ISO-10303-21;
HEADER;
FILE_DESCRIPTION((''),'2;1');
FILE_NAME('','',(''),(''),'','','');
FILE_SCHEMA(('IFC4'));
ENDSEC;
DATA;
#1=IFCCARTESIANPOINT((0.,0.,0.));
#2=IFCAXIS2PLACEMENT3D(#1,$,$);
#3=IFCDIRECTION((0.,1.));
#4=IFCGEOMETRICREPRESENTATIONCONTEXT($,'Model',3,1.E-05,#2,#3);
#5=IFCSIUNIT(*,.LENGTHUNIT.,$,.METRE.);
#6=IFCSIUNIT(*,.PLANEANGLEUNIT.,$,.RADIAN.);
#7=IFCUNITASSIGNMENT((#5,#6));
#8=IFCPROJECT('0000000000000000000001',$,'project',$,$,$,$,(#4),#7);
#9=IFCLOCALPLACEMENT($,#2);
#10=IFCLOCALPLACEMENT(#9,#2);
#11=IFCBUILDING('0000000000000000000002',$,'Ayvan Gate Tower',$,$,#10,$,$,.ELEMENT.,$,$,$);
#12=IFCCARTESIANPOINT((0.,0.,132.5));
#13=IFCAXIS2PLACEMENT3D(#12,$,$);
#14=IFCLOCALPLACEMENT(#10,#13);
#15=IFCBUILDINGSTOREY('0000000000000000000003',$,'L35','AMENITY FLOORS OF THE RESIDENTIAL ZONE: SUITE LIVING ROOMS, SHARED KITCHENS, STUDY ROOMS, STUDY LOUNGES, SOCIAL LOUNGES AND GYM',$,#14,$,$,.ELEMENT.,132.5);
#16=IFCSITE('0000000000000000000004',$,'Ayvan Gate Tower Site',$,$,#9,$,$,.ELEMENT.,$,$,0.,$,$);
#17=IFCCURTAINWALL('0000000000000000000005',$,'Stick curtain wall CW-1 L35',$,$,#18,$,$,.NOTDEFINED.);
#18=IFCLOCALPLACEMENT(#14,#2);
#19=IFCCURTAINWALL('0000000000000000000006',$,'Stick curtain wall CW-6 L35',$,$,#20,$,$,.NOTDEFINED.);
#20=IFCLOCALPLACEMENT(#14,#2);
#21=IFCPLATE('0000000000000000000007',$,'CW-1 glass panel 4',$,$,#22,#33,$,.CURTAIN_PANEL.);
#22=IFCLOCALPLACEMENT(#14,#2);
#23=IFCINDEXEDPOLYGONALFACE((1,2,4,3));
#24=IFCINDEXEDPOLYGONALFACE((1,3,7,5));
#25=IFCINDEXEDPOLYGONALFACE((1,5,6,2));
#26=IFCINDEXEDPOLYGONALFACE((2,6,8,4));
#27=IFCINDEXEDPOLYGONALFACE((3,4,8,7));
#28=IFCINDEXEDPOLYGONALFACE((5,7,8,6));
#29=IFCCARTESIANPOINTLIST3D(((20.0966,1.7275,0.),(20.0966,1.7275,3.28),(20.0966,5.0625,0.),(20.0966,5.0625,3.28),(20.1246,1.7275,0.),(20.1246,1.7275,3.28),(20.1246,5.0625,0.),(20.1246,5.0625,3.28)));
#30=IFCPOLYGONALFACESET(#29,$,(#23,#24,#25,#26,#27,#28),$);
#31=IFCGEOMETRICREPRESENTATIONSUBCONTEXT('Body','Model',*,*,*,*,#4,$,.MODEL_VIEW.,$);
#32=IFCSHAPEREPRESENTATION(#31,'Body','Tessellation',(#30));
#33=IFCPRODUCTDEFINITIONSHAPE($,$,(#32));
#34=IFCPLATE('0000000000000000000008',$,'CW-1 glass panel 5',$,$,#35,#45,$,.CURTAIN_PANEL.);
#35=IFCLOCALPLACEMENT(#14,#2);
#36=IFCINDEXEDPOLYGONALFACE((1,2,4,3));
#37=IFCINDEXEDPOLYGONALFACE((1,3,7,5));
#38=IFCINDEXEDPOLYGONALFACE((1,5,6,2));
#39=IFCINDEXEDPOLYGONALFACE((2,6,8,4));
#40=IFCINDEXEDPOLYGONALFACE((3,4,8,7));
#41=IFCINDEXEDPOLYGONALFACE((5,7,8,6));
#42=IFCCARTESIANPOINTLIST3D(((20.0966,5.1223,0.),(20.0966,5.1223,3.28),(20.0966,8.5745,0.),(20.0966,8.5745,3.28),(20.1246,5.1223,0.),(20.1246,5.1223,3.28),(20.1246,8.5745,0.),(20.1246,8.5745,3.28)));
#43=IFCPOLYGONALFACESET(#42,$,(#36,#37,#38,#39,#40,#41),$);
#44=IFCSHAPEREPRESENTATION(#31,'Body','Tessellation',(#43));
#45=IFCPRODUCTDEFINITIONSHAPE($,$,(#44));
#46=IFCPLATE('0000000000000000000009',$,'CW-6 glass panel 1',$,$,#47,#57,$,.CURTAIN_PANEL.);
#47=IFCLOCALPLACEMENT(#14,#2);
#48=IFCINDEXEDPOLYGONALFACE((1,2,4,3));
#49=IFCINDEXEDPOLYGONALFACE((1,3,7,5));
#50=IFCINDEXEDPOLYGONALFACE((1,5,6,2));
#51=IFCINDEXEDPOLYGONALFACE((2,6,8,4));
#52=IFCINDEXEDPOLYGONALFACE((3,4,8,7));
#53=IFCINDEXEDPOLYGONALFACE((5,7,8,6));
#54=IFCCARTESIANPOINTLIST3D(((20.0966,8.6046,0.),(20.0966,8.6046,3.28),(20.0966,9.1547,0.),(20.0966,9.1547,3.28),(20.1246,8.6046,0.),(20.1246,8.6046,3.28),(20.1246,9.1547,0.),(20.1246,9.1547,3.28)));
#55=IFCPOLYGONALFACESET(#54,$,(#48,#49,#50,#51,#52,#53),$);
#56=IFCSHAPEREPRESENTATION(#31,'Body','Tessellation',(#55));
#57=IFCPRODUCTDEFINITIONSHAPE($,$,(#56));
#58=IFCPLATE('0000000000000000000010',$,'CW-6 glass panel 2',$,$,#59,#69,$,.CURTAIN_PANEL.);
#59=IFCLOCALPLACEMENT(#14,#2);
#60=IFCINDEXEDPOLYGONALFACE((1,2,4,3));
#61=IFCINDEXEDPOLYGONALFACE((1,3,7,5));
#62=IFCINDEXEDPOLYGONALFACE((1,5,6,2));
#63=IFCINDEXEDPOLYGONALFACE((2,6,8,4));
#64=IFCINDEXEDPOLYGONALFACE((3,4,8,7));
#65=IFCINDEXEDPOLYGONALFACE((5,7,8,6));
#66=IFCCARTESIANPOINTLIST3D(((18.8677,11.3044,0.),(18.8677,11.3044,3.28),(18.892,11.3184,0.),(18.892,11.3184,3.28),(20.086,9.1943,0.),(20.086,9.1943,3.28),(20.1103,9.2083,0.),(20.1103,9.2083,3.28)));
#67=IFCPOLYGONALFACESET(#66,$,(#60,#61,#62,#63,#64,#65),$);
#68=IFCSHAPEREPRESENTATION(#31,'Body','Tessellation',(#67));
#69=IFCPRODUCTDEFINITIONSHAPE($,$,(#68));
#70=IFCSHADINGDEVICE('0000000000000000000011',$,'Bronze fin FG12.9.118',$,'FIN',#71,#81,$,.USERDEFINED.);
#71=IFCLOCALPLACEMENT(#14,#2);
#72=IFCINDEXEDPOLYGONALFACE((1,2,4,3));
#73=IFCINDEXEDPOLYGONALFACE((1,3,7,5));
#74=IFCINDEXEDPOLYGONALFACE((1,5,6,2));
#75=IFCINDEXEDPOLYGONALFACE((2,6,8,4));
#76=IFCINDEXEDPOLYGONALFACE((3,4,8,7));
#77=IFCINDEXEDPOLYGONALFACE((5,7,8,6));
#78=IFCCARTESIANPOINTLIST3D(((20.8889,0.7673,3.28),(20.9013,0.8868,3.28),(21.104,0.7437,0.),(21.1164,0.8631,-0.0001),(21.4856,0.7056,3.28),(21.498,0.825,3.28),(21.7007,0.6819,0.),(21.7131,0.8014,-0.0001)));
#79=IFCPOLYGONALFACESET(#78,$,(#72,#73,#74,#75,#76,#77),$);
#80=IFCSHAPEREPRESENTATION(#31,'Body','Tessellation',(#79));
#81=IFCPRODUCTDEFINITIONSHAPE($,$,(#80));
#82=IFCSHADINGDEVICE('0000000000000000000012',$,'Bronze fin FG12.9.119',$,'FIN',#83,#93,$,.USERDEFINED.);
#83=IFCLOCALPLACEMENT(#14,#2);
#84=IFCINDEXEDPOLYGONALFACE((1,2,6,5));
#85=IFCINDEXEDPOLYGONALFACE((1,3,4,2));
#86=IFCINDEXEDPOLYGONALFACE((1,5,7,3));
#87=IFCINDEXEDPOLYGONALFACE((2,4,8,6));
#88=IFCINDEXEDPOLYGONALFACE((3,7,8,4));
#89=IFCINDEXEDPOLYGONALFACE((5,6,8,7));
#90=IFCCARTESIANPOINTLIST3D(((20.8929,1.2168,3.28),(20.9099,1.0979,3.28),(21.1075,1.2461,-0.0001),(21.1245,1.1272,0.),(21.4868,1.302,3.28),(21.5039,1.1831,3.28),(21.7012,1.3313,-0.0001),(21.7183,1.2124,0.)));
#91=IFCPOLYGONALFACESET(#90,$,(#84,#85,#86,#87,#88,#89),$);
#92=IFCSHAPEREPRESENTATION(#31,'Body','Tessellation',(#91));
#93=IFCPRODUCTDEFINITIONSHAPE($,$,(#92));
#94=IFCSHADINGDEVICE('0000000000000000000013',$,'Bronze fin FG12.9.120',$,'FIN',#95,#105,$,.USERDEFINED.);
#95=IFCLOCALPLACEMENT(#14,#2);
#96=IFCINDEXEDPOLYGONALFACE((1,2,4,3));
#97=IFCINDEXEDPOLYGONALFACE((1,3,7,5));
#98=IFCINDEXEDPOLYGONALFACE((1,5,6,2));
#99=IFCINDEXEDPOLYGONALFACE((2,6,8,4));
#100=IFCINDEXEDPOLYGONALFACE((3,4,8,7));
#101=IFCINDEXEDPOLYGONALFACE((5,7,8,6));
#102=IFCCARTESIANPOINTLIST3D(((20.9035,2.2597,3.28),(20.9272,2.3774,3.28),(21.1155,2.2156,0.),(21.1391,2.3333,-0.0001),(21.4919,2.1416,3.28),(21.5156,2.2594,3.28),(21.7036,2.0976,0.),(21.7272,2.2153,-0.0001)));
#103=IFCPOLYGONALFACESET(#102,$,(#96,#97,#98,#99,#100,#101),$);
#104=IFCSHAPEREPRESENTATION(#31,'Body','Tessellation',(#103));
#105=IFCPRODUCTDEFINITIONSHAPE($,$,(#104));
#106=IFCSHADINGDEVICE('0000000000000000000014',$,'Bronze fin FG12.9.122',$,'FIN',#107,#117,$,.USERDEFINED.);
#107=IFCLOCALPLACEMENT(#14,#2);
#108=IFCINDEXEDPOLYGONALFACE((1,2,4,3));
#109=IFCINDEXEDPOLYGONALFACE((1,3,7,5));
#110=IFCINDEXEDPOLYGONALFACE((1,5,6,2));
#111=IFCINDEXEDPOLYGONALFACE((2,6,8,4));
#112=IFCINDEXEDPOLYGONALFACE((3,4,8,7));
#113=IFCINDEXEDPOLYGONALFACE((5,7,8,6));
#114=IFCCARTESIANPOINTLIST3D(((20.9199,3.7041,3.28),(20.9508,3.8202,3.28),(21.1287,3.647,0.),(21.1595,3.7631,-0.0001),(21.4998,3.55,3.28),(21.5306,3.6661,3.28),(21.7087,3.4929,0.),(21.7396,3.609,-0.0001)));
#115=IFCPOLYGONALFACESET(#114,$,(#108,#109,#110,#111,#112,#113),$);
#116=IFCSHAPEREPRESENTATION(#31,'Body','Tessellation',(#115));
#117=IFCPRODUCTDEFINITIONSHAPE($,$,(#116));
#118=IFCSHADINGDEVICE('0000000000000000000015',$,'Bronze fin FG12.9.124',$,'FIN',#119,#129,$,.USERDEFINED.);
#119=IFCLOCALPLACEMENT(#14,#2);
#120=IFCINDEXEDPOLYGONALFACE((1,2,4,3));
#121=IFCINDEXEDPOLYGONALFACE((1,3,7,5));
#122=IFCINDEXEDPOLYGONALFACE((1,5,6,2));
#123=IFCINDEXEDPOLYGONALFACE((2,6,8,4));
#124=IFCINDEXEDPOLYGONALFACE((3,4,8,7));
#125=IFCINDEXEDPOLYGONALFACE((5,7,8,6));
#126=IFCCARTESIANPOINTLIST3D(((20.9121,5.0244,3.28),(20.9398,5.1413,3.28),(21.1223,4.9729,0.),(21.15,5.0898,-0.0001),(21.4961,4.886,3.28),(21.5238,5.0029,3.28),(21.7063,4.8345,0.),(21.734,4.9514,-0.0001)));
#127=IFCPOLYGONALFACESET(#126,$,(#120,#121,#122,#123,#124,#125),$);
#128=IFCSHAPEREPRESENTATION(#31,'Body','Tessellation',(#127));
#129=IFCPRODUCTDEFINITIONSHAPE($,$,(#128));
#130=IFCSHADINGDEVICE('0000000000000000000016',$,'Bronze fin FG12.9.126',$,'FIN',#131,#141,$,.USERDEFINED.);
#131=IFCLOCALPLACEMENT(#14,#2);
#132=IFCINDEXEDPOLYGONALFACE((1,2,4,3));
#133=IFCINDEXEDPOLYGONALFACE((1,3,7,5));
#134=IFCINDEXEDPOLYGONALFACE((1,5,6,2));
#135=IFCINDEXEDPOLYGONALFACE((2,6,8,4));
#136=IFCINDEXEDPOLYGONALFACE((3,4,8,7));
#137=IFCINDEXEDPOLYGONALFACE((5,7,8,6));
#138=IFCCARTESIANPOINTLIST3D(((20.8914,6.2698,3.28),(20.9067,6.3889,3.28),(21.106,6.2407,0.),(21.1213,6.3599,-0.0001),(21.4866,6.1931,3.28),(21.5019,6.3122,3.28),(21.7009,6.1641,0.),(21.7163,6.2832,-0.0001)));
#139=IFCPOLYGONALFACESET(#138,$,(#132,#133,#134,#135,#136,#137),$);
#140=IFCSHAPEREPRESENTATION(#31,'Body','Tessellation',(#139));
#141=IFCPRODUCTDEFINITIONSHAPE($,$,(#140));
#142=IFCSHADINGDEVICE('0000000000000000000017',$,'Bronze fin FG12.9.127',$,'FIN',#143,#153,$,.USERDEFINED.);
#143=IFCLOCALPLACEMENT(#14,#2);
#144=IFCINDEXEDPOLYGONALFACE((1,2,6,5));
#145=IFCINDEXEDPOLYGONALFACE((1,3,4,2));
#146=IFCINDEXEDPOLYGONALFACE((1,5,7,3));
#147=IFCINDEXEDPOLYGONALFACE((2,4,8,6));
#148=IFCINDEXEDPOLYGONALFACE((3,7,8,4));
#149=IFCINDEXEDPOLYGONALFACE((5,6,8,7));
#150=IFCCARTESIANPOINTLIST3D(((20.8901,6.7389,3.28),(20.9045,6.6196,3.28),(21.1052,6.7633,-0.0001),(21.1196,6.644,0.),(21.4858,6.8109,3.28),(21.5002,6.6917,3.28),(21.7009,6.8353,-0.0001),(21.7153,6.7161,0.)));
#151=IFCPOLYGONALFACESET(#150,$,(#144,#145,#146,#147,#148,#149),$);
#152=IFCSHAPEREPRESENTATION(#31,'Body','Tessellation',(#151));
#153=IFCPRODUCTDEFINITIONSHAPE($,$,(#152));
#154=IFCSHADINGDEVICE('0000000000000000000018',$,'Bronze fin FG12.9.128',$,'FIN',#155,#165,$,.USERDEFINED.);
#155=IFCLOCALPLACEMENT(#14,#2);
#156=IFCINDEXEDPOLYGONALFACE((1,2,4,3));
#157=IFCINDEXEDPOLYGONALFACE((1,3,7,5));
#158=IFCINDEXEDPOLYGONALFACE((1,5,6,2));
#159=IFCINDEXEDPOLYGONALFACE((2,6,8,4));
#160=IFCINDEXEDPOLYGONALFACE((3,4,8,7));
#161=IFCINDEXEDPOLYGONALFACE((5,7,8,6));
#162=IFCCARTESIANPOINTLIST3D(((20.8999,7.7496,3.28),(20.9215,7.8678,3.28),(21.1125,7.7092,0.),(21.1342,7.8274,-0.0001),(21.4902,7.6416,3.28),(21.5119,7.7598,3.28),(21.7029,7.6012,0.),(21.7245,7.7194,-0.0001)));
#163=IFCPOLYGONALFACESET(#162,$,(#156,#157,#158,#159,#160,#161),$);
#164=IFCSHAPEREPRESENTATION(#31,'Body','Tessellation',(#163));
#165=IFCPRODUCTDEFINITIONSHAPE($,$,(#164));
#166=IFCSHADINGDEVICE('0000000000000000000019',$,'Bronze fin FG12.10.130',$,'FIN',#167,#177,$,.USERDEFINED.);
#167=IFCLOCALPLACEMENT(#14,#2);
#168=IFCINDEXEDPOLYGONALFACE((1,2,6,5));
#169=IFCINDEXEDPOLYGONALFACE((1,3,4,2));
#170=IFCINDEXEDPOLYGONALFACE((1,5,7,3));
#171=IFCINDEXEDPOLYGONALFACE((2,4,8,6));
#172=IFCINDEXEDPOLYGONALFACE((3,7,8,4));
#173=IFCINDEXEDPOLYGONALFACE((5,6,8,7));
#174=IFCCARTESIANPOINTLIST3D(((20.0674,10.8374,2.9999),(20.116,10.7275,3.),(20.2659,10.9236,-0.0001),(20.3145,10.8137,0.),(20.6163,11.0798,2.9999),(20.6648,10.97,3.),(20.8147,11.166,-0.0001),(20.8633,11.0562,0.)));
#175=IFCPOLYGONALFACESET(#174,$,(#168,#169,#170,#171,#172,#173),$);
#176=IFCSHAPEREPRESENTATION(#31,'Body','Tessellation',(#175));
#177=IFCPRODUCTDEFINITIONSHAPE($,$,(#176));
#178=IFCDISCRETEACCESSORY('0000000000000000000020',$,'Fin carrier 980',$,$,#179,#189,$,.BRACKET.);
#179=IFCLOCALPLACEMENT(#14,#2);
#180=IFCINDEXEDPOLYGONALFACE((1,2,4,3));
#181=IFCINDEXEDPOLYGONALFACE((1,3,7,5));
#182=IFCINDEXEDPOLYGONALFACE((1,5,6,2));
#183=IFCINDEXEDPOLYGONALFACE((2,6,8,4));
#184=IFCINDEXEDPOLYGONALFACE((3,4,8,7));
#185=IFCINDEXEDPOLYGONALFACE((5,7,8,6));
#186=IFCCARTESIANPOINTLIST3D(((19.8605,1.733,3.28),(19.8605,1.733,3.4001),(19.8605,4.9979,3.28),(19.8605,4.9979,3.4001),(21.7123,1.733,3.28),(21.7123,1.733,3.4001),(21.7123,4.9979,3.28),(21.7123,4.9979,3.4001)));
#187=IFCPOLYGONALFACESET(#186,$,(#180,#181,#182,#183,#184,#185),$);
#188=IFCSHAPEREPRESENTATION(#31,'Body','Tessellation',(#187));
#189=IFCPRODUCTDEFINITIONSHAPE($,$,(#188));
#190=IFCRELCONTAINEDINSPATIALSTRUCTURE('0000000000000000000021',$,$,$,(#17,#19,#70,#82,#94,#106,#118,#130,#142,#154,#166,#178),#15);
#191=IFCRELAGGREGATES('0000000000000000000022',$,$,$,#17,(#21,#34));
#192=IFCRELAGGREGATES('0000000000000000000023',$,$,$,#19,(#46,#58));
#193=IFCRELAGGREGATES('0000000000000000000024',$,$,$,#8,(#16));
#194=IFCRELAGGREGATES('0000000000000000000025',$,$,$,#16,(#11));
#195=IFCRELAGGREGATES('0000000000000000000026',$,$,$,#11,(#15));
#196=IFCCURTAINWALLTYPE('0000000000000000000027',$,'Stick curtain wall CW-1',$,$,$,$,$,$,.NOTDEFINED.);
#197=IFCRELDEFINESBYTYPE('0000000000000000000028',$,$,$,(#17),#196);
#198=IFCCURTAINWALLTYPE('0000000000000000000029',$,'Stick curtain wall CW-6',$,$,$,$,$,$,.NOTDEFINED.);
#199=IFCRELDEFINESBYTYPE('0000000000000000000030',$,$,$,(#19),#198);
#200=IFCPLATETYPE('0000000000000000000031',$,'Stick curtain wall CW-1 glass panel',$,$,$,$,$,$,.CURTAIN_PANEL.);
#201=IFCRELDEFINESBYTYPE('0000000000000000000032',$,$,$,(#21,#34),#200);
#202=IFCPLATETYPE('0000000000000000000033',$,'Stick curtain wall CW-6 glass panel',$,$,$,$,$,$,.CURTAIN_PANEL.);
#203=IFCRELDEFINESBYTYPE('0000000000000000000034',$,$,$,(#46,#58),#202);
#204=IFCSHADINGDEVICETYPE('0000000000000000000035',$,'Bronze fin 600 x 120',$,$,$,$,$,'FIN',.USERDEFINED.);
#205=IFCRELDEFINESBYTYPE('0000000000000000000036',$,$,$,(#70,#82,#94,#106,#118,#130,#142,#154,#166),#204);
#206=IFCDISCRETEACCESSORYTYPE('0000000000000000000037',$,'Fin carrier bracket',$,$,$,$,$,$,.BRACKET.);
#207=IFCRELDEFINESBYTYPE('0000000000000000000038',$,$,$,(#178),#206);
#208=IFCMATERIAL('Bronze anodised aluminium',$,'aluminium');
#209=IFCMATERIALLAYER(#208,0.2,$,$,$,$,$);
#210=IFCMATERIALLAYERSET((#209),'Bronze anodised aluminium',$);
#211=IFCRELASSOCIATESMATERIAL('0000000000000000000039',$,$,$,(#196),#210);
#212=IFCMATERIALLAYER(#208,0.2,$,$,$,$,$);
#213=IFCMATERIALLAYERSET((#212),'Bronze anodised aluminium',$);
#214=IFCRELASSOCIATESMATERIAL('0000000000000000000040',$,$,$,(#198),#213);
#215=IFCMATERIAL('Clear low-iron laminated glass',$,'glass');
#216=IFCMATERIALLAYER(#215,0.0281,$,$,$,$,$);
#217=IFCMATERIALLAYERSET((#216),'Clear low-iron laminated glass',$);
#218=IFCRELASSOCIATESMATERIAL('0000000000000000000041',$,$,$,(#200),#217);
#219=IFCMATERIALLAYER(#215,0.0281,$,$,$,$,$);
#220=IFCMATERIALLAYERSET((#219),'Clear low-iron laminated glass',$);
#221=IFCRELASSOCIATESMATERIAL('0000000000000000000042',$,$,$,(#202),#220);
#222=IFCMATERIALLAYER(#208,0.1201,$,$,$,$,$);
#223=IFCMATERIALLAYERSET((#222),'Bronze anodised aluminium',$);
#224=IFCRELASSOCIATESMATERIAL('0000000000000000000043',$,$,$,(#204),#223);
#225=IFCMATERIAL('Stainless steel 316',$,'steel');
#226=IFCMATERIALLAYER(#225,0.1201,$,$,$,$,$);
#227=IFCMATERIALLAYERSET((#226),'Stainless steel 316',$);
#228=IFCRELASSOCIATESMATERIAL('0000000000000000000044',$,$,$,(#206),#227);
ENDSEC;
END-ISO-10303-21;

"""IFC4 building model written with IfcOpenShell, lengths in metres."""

from ifc_helpers import new_model, si_unit, direction, frame, origin, origin_2d, place, context, subcontext, project, spatial, polyline, rectangle, outline, extrude, material, layer, layer_set, type_object, element, aggregate, save


model = new_model("IFC4")

# Units and contexts
model_context = context("Model", 3, precision=1e-05, world=origin(), true_north=direction((0.0, 1.0)))
body_context = subcontext(model_context, "Body", "Model", "MODEL_VIEW")
ifc_project = project(units=[si_unit("LENGTHUNIT", "METRE"), si_unit("PLANEANGLEUNIT", "RADIAN")], contexts=[model_context])

# Site, building, storey
site_placement = place(None, origin())
site = spatial("IfcSite", under=ifc_project, at=site_placement, Name="Ayvan Gate Tower Site", CompositionType="ELEMENT", RefElevation=0.0)
building_placement = place(site_placement, origin())
building = spatial("IfcBuilding", under=site, at=building_placement, Name="Ayvan Gate Tower", CompositionType="ELEMENT")
storey_placement = place(building_placement, frame((0.0, 0.0, 132.5)))
storey = spatial("IfcBuildingStorey", under=building, at=storey_placement, Name="L35", Description="AMENITY FLOORS OF THE RESIDENTIAL ZONE: SUITE LIVING ROOMS, SHARED KITCHENS, STUDY ROOMS, STUDY LOUNGES, SOCIAL LOUNGES AND GYM", CompositionType="ELEMENT", Elevation=132.5)

# Curtain walls
ifc_material_1 = material(Name="Bronze anodised aluminium", Category="aluminium")
ifc_layer_1 = layer(ifc_material_1, 0.2)
ifc_layer_set_1 = layer_set([ifc_layer_1], Name="Bronze anodised aluminium")
curtain_wall_type_1 = type_object("IfcCurtainWallType", Name="Stick curtain wall CW-1", PredefinedType="NOTDEFINED", material=ifc_layer_set_1)
curtain_wall_1_placement = place(storey_placement, origin())
curtain_wall_1 = element("IfcCurtainWall", 1, at=curtain_wall_1_placement, inside=storey, type_object=curtain_wall_type_1, Name="Stick curtain wall CW-1 L35", PredefinedType="NOTDEFINED")
ifc_layer_2 = layer(ifc_material_1, 0.2)
ifc_layer_set_2 = layer_set([ifc_layer_2], Name="Bronze anodised aluminium")
curtain_wall_type_2 = type_object("IfcCurtainWallType", Name="Stick curtain wall CW-6", PredefinedType="NOTDEFINED", material=ifc_layer_set_2)
curtain_wall_2_placement = place(storey_placement, origin())
curtain_wall_2 = element("IfcCurtainWall", 2, at=curtain_wall_2_placement, inside=storey, type_object=curtain_wall_type_2, Name="Stick curtain wall CW-6 L35", PredefinedType="NOTDEFINED")

# Plates
ifc_material_2 = material(Name="Clear low-iron laminated glass", Category="glass")
ifc_layer_3 = layer(ifc_material_2, 0.0281)
ifc_layer_set_3 = layer_set([ifc_layer_3], Name="Clear low-iron laminated glass")
plate_type_1 = type_object("IfcPlateType", Name="Stick curtain wall CW-1 glass panel", PredefinedType="CURTAIN_PANEL", material=ifc_layer_set_3)
plate_1_placement = place(storey_placement, frame((20.1106, 3.395, 0.0), z_axis=(0.0, 0.0, 1.0), x_axis=(0.0, 1.0, 0.0)))
plate_1 = element("IfcPlate", 3, at=plate_1_placement, type_object=plate_type_1, Name="CW-1 glass panel 4", PredefinedType="CURTAIN_PANEL", context=body_context, shape_type="SweptSolid", body=[
    extrude(rectangle(XDim=3.335, YDim=0.0281, at=origin_2d()), origin(), (0.0, 0.0, 1.0), 3.28),
])
plate_2_placement = place(storey_placement, frame((20.1106, 6.8484, 0.0), z_axis=(0.0, 0.0, 1.0), x_axis=(0.0, 1.0, 0.0)))
plate_2 = element("IfcPlate", 4, at=plate_2_placement, type_object=plate_type_1, Name="CW-1 glass panel 5", PredefinedType="CURTAIN_PANEL", context=body_context, shape_type="SweptSolid", body=[
    extrude(rectangle(XDim=3.4521, YDim=0.0281, at=origin_2d()), origin(), (0.0, 0.0, 1.0), 3.28),
])
aggregate(curtain_wall_1, [plate_1, plate_2])
ifc_layer_4 = layer(ifc_material_2, 0.0281)
ifc_layer_set_4 = layer_set([ifc_layer_4], Name="Clear low-iron laminated glass")
plate_type_2 = type_object("IfcPlateType", Name="Stick curtain wall CW-6 glass panel", PredefinedType="CURTAIN_PANEL", material=ifc_layer_set_4)
plate_3_placement = place(storey_placement, frame((20.1106, 8.8796, 0.0), z_axis=(0.0, 0.0, 1.0), x_axis=(0.0, 1.0, 0.0)))
plate_3 = element("IfcPlate", 5, at=plate_3_placement, type_object=plate_type_2, Name="CW-6 glass panel 1", PredefinedType="CURTAIN_PANEL", context=body_context, shape_type="SweptSolid", body=[
    extrude(rectangle(XDim=0.55, YDim=0.0281, at=origin_2d()), origin(), (0.0, 0.0, 1.0), 3.28),
])
plate_4_placement = place(storey_placement, frame((19.489, 10.2563, 0.0), z_axis=(0.0, 0.0, 1.0), x_axis=(-0.5, 0.866025, 0.0)))
plate_4 = element("IfcPlate", 6, at=plate_4_placement, type_object=plate_type_2, Name="CW-6 glass panel 2", PredefinedType="CURTAIN_PANEL", context=body_context, shape_type="SweptSolid", body=[
    extrude(rectangle(XDim=2.4365, YDim=0.0281, at=origin_2d()), origin(), (0.0, 0.0, 1.0), 3.28),
])
aggregate(curtain_wall_2, [plate_3, plate_4])

# Shading devices
ifc_layer_5 = layer(ifc_material_1, 0.1201)
ifc_layer_set_5 = layer_set([ifc_layer_5], Name="Bronze anodised aluminium")
shading_device_type = type_object("IfcShadingDeviceType", Name="Bronze fin 600 x 120", ElementType="FIN", PredefinedType="USERDEFINED", material=ifc_layer_set_5)
shading_device_1_placement = place(storey_placement, frame((21.104, 0.7437, 0.0), z_axis=(-0.102969, -0.994685, 0.000429), x_axis=(0.994685, -0.102969, 0.0)))
element("IfcShadingDevice", 7, at=shading_device_1_placement, inside=storey, type_object=shading_device_type, Name="Bronze fin FG12.9.118", ObjectType="FIN", PredefinedType="USERDEFINED", context=body_context, shape_type="SweptSolid", body=[
    extrude(outline(polyline([(0.0, 0.0), (0.5999, 0.0), (0.3835, 3.28), (-0.2164, 3.28), (0.0, 0.0)])), origin(), (0.0, 0.0, -1.0), 0.1201),
])
shading_device_2_placement = place(storey_placement, frame((21.1245, 1.1272, 0.0), z_axis=(0.14202, -0.989864, 0.000445), x_axis=(0.989864, 0.14202, 0.0)))
element("IfcShadingDevice", 8, at=shading_device_2_placement, inside=storey, type_object=shading_device_type, Name="Bronze fin FG12.9.119", ObjectType="FIN", PredefinedType="USERDEFINED", context=body_context, shape_type="SweptSolid", body=[
    extrude(outline(polyline([(0.0, 0.0), (0.5998, 0.0), (0.3835, 3.28), (-0.2166, 3.28), (0.0, 0.0)])), origin(), (0.0, 0.0, -1.0), 0.1201),
])
shading_device_3_placement = place(storey_placement, frame((21.1155, 2.2156, 0.0), z_axis=(-0.196742, -0.980455, 0.000469), x_axis=(0.980455, -0.196742, 0.0)))
element("IfcShadingDevice", 9, at=shading_device_3_placement, inside=storey, type_object=shading_device_type, Name="Bronze fin FG12.9.120", ObjectType="FIN", PredefinedType="USERDEFINED", context=body_context, shape_type="SweptSolid", body=[
    extrude(outline(polyline([(0.0, 0.0), (0.5998, 0.0), (0.3837, 3.28), (-0.2165, 3.28), (0.0, 0.0)])), origin(), (0.0, 0.0, -1.0), 0.1201),
])
shading_device_4_placement = place(storey_placement, frame((21.1287, 3.647, 0.0), z_axis=(-0.256726, -0.966484, 0.000486), x_axis=(0.966484, -0.256726, 0.0)))
element("IfcShadingDevice", 10, at=shading_device_4_placement, inside=storey, type_object=shading_device_type, Name="Bronze fin FG12.9.122", ObjectType="FIN", PredefinedType="USERDEFINED", context=body_context, shape_type="SweptSolid", body=[
    extrude(outline(polyline([(0.0, 0.0), (0.6002, 0.0), (0.3835, 3.28), (-0.2164, 3.28), (0.0, 0.0)])), origin(), (0.0, 0.0, -1.0), 0.1201),
])
shading_device_5_placement = place(storey_placement, frame((21.1223, 4.9729, 0.0), z_axis=(-0.230649, -0.973037, 0.0005), x_axis=(0.973037, -0.230649, 0.0)))
element("IfcShadingDevice", 11, at=shading_device_5_placement, inside=storey, type_object=shading_device_type, Name="Bronze fin FG12.9.124", ObjectType="FIN", PredefinedType="USERDEFINED", context=body_context, shape_type="SweptSolid", body=[
    extrude(outline(polyline([(0.0, 0.0), (0.6002, 0.0), (0.3837, 3.28), (-0.2164, 3.28), (0.0, 0.0)])), origin(), (0.0, 0.0, -1.0), 0.1201),
])
shading_device_6_placement = place(storey_placement, frame((21.106, 6.2407, 0.0), z_axis=(-0.127765, -0.991804, 0.00043), x_axis=(0.991804, -0.127765, 0.0)))
element("IfcShadingDevice", 12, at=shading_device_6_placement, inside=storey, type_object=shading_device_type, Name="Bronze fin FG12.9.126", ObjectType="FIN", PredefinedType="USERDEFINED", context=body_context, shape_type="SweptSolid", body=[
    extrude(outline(polyline([(0.0, 0.0), (0.5999, 0.0), (0.3836, 3.28), (-0.2166, 3.28), (0.0, 0.0)])), origin(), (0.0, 0.0, -1.0), 0.1201),
])
shading_device_7_placement = place(storey_placement, frame((21.1196, 6.644, 0.0), z_axis=(0.120028, -0.99277, 0.000481), x_axis=(0.992771, 0.120028, 0.0)))
element("IfcShadingDevice", 13, at=shading_device_7_placement, inside=storey, type_object=shading_device_type, Name="Bronze fin FG12.9.127", ObjectType="FIN", PredefinedType="USERDEFINED", context=body_context, shape_type="SweptSolid", body=[
    extrude(outline(polyline([(0.0, 0.0), (0.6, 0.0), (0.3836, 3.28), (-0.2165, 3.28), (0.0, 0.0)])), origin(), (0.0, 0.0, -1.0), 0.1201),
])
shading_device_8_placement = place(storey_placement, frame((21.1125, 7.7092, 0.0), z_axis=(-0.180013, -0.983664, 0.000447), x_axis=(0.983664, -0.180013, 0.0)))
element("IfcShadingDevice", 14, at=shading_device_8_placement, inside=storey, type_object=shading_device_type, Name="Bronze fin FG12.9.128", ObjectType="FIN", PredefinedType="USERDEFINED", context=body_context, shape_type="SweptSolid", body=[
    extrude(outline(polyline([(0.0, 0.0), (0.6001, 0.0), (0.3837, 3.28), (-0.2165, 3.28), (0.0, 0.0)])), origin(), (0.0, 0.0, -1.0), 0.1201),
])
shading_device_9_placement = place(storey_placement, frame((20.3145, 10.8137, 0.0), z_axis=(0.404061, -0.914732, 0.000456), x_axis=(0.914732, 0.404061, 0.0)))
element("IfcShadingDevice", 15, at=shading_device_9_placement, inside=storey, type_object=shading_device_type, Name="Bronze fin FG12.10.130", ObjectType="FIN", PredefinedType="USERDEFINED", context=body_context, shape_type="SweptSolid", body=[
    extrude(outline(polyline([(0.0, 0.0), (0.6, 0.0), (0.3836, 3.0), (-0.2164, 3.0), (0.0, 0.0)])), origin(), (0.0, 0.0, -1.0), 0.1201),
])

# Discrete accessory
ifc_material_3 = material(Name="Stainless steel 316", Category="steel")
ifc_layer_6 = layer(ifc_material_3, 0.1201)
ifc_layer_set_6 = layer_set([ifc_layer_6], Name="Stainless steel 316")
discrete_accessory_type_1 = type_object("IfcDiscreteAccessoryType", Name="Fin carrier bracket", PredefinedType="BRACKET", material=ifc_layer_set_6)
discrete_accessory_1_placement = place(storey_placement, frame((20.7864, 3.3655, 3.28), z_axis=(0.0, 0.0, 1.0), x_axis=(0.0, 1.0, 0.0)))
element("IfcDiscreteAccessory", 16, at=discrete_accessory_1_placement, inside=storey, type_object=discrete_accessory_type_1, Name="Fin carrier 980", PredefinedType="BRACKET", context=body_context, shape_type="SweptSolid", body=[
    extrude(rectangle(XDim=3.2649, YDim=1.8518, at=origin_2d()), origin(), (0.0, 0.0, 1.0), 0.1201),
])

save(model, "model.ifc")
